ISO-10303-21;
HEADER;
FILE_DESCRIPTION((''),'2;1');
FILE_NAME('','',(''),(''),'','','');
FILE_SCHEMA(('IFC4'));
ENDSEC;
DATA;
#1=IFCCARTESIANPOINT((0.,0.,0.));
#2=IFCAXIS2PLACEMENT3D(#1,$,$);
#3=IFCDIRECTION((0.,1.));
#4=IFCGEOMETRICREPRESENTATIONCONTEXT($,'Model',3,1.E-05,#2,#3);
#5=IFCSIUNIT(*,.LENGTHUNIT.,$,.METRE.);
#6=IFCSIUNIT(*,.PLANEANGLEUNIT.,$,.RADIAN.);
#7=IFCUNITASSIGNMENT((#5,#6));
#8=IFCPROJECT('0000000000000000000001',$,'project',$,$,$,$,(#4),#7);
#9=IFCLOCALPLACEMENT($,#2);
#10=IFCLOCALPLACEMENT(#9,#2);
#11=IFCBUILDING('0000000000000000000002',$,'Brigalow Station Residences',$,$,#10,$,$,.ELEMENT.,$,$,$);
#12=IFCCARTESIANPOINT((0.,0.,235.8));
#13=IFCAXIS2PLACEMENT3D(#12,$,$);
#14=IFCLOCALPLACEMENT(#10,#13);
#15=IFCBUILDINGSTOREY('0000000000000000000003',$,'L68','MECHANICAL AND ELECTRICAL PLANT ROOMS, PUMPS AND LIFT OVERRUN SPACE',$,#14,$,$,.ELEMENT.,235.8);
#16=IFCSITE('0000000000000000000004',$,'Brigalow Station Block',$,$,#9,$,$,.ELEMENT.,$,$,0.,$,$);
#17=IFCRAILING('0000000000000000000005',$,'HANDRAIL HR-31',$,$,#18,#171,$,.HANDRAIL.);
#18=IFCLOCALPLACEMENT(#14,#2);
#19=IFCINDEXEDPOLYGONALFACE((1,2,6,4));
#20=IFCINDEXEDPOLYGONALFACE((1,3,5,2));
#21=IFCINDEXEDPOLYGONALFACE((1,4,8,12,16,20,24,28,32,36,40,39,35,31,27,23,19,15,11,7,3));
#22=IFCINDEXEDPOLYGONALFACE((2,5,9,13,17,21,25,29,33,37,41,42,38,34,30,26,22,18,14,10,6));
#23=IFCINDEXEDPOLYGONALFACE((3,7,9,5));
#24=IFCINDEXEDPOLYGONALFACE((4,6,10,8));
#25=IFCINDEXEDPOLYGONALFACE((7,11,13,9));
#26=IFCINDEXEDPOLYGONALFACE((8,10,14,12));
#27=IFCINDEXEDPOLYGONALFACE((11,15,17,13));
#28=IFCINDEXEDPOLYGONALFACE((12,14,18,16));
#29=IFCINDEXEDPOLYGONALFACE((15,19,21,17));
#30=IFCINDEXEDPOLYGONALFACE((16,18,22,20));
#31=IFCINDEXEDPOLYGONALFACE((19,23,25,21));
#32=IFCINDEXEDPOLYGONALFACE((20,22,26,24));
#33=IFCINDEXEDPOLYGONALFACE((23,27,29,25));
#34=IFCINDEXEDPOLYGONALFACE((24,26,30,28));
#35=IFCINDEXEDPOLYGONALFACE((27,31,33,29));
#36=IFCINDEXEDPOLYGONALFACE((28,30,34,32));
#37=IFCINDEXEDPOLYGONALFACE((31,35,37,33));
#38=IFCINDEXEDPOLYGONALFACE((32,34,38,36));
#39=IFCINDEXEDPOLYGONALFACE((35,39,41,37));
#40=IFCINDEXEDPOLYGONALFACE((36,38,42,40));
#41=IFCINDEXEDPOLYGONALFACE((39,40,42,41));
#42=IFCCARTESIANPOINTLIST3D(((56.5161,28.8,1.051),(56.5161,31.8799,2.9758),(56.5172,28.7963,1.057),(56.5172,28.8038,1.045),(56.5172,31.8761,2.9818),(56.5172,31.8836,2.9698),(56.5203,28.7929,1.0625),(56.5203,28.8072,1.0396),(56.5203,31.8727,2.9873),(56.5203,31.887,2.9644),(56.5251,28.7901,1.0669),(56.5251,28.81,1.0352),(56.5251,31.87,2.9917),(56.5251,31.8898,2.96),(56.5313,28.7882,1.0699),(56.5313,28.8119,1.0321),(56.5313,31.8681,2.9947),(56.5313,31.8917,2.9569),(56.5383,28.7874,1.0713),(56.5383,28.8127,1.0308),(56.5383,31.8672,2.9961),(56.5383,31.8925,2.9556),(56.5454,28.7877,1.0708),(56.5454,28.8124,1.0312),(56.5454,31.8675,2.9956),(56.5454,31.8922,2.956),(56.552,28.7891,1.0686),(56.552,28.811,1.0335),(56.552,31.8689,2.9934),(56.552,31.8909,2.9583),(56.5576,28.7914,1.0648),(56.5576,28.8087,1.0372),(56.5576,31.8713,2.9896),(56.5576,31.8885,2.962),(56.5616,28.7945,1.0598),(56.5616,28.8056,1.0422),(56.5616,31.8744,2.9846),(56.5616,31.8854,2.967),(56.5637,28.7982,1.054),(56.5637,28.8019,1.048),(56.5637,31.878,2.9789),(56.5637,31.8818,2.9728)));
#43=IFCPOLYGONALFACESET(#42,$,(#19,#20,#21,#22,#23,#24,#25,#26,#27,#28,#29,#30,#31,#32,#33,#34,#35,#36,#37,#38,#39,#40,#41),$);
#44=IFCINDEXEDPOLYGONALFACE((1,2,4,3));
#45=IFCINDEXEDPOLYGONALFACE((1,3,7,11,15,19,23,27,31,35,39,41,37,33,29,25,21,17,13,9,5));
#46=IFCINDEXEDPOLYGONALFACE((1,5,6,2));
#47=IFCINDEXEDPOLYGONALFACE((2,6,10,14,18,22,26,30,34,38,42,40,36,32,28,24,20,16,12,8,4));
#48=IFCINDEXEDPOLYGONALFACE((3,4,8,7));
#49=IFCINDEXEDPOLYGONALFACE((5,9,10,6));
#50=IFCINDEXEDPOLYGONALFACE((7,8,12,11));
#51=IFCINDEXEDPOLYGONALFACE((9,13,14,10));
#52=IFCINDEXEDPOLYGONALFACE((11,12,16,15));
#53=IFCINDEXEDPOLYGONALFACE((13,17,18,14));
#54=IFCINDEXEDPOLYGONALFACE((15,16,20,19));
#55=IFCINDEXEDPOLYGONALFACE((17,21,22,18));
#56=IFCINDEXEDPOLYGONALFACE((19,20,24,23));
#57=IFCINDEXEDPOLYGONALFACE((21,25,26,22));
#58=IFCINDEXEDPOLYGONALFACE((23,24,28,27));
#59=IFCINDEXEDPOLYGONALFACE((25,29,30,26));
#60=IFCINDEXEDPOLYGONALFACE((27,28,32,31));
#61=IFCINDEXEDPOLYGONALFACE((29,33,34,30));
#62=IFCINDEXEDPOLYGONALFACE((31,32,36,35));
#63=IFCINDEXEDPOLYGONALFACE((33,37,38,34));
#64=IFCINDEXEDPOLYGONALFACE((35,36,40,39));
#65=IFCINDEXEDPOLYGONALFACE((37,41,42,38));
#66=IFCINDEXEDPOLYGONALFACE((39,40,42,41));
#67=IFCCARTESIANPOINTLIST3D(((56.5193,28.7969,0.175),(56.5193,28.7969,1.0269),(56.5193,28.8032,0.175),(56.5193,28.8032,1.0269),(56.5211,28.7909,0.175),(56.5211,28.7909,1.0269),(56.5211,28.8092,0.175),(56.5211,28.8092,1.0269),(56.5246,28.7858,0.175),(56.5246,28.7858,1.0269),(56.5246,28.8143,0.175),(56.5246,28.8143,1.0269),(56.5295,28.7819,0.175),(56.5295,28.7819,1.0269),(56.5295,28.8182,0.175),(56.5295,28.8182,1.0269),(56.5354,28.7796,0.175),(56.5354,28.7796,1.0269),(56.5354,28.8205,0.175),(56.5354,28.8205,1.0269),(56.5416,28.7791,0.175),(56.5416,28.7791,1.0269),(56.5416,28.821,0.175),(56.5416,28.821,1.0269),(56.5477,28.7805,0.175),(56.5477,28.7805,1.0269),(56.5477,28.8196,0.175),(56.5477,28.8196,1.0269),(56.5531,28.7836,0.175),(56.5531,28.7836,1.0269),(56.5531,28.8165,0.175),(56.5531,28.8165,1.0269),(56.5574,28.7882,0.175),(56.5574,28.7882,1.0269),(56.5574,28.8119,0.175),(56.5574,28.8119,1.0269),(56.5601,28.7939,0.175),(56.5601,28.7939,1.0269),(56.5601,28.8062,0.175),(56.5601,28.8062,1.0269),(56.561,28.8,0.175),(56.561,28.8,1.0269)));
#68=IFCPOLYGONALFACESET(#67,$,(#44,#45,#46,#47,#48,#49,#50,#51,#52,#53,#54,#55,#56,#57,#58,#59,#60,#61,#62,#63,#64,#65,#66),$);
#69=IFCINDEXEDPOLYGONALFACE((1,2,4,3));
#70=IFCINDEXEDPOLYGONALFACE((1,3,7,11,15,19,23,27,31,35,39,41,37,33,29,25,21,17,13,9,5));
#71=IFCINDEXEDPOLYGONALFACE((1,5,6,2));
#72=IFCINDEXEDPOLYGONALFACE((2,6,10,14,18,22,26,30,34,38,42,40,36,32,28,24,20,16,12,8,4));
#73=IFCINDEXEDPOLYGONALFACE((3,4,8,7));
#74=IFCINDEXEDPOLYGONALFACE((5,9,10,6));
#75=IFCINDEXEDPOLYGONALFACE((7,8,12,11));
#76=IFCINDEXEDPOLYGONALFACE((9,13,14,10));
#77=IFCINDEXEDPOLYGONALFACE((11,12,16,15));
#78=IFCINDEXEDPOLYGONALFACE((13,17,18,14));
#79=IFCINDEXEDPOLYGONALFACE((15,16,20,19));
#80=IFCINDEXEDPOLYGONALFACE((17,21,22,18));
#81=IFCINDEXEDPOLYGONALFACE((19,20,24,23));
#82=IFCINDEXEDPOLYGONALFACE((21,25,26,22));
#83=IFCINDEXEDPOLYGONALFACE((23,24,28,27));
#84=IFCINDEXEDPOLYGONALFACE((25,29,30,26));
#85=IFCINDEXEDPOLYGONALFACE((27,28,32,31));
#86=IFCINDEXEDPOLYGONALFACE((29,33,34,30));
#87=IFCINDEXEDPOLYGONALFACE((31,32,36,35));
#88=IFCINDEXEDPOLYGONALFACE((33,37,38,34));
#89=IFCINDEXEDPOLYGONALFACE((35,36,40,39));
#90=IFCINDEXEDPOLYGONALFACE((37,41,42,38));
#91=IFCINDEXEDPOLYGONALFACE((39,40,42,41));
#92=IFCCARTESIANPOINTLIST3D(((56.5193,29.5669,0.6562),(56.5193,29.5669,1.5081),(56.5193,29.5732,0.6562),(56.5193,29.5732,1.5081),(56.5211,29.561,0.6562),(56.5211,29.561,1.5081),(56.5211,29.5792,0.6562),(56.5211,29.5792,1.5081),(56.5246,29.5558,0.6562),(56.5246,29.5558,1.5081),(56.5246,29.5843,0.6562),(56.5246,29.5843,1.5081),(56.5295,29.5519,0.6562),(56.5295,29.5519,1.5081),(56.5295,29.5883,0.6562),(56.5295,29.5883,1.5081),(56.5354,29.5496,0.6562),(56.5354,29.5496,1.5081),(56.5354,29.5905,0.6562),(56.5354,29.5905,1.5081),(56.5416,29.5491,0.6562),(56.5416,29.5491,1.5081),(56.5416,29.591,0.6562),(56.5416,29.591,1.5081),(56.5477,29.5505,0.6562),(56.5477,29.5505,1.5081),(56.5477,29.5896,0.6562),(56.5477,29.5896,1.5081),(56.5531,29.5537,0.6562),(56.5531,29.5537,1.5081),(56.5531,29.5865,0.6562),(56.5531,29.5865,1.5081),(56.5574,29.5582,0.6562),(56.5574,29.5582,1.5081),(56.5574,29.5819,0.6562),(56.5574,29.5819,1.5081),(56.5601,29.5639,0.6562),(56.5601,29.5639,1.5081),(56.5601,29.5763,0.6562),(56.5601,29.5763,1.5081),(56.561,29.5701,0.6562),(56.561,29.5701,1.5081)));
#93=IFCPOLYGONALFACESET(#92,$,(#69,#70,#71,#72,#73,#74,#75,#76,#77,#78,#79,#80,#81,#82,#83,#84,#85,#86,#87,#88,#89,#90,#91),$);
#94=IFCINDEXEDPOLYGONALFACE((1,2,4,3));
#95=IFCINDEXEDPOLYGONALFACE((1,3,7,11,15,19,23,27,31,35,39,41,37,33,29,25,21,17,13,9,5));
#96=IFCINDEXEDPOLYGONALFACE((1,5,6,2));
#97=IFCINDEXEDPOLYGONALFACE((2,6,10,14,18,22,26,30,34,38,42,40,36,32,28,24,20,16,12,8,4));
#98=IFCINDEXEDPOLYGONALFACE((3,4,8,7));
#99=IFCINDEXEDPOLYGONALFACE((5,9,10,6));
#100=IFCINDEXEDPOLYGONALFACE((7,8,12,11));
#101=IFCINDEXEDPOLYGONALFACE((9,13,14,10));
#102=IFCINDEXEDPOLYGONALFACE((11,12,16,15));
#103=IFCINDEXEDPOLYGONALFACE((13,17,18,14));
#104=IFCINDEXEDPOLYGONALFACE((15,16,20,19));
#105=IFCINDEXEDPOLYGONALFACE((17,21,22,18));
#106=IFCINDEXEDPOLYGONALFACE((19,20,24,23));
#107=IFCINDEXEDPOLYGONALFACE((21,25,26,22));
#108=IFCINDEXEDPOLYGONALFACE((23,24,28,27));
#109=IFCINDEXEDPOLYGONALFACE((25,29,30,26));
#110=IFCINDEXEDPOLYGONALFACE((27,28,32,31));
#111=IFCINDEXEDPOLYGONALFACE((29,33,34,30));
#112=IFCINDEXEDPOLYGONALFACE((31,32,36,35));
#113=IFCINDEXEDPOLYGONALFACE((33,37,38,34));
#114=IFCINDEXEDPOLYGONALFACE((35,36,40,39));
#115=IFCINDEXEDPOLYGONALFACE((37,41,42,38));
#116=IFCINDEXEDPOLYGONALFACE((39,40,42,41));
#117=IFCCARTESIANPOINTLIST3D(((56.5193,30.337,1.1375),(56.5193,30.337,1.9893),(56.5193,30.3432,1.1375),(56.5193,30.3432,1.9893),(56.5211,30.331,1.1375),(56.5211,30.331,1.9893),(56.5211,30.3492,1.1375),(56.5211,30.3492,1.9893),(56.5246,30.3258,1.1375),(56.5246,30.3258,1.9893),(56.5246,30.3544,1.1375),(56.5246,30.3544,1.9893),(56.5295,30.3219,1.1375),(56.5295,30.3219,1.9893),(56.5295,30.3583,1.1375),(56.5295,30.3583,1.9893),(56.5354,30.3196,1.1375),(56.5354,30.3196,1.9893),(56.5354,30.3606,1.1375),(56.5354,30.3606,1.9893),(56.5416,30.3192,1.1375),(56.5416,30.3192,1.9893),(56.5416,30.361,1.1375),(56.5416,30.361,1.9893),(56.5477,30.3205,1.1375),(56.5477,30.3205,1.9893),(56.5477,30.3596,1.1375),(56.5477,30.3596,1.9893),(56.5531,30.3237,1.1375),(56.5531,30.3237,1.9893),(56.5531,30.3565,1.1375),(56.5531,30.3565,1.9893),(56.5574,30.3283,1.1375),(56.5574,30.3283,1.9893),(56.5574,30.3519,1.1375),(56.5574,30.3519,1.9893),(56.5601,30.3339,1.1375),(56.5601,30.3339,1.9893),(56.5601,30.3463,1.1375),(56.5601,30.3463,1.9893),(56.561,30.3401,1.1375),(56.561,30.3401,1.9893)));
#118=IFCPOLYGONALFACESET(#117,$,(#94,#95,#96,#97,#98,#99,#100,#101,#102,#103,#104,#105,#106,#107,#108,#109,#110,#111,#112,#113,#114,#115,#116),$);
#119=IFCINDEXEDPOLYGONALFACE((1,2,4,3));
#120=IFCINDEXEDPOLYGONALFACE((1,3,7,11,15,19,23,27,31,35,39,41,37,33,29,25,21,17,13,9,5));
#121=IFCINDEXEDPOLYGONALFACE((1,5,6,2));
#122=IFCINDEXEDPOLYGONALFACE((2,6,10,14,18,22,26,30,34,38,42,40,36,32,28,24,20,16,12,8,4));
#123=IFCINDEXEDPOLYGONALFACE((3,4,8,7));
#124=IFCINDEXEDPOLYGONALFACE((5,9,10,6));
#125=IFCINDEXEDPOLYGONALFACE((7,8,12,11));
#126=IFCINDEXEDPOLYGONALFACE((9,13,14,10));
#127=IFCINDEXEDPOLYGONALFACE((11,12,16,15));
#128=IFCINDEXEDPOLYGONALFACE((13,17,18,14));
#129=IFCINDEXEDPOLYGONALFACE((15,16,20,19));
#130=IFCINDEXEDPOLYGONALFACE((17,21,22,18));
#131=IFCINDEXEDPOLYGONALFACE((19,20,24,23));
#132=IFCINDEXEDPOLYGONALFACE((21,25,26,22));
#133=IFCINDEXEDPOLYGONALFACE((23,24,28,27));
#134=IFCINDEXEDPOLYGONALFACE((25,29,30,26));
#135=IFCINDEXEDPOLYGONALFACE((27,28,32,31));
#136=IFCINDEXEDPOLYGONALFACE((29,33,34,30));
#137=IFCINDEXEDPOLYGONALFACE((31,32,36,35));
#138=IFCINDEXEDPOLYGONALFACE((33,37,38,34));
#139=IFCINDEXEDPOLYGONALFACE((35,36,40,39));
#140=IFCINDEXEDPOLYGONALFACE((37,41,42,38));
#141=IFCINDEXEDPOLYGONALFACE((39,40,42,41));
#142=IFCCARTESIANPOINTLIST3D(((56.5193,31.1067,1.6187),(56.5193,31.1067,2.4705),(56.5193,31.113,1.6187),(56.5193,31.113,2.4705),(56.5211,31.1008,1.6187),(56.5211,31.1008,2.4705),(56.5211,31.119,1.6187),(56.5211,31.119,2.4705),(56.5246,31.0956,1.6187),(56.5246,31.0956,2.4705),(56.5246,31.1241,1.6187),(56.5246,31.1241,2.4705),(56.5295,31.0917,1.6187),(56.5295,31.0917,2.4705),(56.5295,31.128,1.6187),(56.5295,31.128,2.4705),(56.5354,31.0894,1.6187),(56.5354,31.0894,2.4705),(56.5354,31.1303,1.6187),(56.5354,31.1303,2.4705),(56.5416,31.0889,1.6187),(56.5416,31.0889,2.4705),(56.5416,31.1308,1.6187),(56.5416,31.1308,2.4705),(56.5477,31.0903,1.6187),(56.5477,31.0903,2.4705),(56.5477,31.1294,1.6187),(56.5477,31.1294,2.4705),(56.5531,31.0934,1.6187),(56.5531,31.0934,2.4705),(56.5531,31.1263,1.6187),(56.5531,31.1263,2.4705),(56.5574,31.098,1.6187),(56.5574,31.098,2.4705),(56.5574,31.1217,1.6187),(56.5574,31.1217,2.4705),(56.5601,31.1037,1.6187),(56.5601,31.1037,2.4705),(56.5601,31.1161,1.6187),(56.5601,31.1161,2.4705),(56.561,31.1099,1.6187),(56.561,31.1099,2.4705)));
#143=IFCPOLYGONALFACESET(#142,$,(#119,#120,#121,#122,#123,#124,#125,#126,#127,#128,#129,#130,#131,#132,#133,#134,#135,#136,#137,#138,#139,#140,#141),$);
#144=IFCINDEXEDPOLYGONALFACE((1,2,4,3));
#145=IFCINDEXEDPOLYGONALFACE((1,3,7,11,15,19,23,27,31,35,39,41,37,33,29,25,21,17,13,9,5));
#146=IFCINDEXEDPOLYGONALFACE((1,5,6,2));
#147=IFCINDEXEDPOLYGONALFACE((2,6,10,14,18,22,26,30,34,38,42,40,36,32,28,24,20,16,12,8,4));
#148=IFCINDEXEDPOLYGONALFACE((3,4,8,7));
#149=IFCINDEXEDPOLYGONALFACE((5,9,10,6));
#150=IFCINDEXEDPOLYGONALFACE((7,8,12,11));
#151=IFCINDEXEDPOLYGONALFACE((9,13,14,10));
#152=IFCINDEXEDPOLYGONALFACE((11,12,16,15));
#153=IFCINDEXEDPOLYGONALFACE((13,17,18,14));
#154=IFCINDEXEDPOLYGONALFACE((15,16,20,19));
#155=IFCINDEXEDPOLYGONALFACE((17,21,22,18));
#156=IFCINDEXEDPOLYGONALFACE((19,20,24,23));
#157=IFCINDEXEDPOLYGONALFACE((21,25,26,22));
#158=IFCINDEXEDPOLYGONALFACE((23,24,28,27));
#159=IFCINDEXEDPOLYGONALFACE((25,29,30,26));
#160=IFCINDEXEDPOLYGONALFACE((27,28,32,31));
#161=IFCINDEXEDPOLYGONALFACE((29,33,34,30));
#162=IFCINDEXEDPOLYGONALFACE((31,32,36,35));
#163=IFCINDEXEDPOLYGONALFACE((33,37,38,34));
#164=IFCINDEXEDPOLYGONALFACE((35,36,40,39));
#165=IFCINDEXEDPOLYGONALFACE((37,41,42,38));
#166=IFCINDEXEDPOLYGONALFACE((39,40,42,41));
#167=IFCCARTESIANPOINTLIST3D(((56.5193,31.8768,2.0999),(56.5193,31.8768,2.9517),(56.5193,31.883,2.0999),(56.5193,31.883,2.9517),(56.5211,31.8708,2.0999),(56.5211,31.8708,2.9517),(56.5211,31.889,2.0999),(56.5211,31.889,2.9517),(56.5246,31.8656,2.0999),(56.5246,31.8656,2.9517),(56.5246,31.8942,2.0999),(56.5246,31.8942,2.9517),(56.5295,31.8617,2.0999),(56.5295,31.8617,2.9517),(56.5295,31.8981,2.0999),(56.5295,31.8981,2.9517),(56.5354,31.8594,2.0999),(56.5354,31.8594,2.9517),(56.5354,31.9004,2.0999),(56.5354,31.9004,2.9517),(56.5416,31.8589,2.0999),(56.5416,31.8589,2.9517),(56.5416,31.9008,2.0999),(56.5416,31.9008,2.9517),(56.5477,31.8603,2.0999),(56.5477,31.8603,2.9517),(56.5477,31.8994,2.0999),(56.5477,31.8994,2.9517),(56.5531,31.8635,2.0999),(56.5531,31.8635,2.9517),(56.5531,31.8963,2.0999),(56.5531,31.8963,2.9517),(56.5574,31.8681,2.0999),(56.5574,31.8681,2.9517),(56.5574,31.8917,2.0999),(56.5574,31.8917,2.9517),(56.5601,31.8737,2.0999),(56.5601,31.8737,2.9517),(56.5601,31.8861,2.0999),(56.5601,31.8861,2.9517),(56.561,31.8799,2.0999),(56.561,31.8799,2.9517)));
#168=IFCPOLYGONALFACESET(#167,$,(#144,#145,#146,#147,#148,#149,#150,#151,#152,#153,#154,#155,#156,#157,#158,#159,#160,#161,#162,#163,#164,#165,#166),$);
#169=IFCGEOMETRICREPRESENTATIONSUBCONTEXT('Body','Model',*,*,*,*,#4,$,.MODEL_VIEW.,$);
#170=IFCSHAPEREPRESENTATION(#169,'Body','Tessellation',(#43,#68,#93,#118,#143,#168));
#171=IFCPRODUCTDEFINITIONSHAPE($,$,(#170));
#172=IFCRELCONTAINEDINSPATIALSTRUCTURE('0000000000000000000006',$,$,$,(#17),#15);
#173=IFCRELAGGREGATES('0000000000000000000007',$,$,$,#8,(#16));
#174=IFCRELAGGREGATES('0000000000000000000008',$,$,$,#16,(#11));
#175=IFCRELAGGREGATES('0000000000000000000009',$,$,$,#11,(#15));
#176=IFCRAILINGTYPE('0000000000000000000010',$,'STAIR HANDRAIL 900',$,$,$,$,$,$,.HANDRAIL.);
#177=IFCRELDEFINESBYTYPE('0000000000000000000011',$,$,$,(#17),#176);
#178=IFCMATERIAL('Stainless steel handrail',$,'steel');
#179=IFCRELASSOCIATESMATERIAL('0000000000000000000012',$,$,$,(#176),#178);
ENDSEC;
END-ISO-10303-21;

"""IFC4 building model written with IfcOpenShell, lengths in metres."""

from ifc_helpers import new_model, si_unit, direction, frame, origin, origin_2d, place, context, subcontext, project, spatial, circle, extrude, material, type_object, element, save


model = new_model("IFC4")

# Units and contexts
model_context = context("Model", 3, precision=1e-05, world=origin(), true_north=direction((0.0, 1.0)))
body_context = subcontext(model_context, "Body", "Model", "MODEL_VIEW")
ifc_project = project(units=[si_unit("LENGTHUNIT", "METRE"), si_unit("PLANEANGLEUNIT", "RADIAN")], contexts=[model_context])

# Site, building, storey
site_placement = place(None, origin())
site = spatial("IfcSite", under=ifc_project, at=site_placement, Name="Brigalow Station Block", CompositionType="ELEMENT", RefElevation=0.0)
building_placement = place(site_placement, origin())
building = spatial("IfcBuilding", under=site, at=building_placement, Name="Brigalow Station Residences", CompositionType="ELEMENT")
storey_placement = place(building_placement, frame((0.0, 0.0, 235.8)))
storey = spatial("IfcBuildingStorey", under=building, at=storey_placement, Name="L68", Description="MECHANICAL AND ELECTRICAL PLANT ROOMS, PUMPS AND LIFT OVERRUN SPACE", CompositionType="ELEMENT", Elevation=235.8)

# Railing
ifc_material_1 = material(Name="Stainless steel handrail", Category="steel")
railing_type = type_object("IfcRailingType", Name="STAIR HANDRAIL 900", PredefinedType="HANDRAIL", material=ifc_material_1)
railing_placement = place(storey_placement, frame((56.54, 28.8, 0.175)))
element("IfcRailing", 1, at=railing_placement, inside=storey, type_object=railing_type, Name="HANDRAIL HR-31", PredefinedType="HANDRAIL", context=body_context, shape_type="SweptSolid", body=[
    extrude(circle(Radius=0.0239, at=origin_2d()), frame((0.0, 0.0, 0.876), z_axis=(0.0, 0.84801, 0.529981), x_axis=(-1.0, 0.0, 0.0)), (0.0, 0.0, 1.0), 3.6318),
    extrude(circle(Radius=0.021, at=origin_2d()), origin(), (0.0, 0.0, 1.0), 0.8518),
    extrude(circle(Radius=0.021, at=origin_2d()), frame((0.0, 0.77, 0.4812)), (0.0, 0.0, 1.0), 0.8518),
    extrude(circle(Radius=0.021, at=origin_2d()), frame((0.0, 1.54, 0.9624)), (0.0, 0.0, 1.0), 0.8518),
    extrude(circle(Radius=0.021, at=origin_2d()), frame((0.0, 2.3098, 1.4436)), (0.0, 0.0, 1.0), 0.8518),
    extrude(circle(Radius=0.021, at=origin_2d()), frame((0.0, 3.0798, 1.9248)), (0.0, 0.0, 1.0), 0.8518),
])

save(model, "model.ifc")
